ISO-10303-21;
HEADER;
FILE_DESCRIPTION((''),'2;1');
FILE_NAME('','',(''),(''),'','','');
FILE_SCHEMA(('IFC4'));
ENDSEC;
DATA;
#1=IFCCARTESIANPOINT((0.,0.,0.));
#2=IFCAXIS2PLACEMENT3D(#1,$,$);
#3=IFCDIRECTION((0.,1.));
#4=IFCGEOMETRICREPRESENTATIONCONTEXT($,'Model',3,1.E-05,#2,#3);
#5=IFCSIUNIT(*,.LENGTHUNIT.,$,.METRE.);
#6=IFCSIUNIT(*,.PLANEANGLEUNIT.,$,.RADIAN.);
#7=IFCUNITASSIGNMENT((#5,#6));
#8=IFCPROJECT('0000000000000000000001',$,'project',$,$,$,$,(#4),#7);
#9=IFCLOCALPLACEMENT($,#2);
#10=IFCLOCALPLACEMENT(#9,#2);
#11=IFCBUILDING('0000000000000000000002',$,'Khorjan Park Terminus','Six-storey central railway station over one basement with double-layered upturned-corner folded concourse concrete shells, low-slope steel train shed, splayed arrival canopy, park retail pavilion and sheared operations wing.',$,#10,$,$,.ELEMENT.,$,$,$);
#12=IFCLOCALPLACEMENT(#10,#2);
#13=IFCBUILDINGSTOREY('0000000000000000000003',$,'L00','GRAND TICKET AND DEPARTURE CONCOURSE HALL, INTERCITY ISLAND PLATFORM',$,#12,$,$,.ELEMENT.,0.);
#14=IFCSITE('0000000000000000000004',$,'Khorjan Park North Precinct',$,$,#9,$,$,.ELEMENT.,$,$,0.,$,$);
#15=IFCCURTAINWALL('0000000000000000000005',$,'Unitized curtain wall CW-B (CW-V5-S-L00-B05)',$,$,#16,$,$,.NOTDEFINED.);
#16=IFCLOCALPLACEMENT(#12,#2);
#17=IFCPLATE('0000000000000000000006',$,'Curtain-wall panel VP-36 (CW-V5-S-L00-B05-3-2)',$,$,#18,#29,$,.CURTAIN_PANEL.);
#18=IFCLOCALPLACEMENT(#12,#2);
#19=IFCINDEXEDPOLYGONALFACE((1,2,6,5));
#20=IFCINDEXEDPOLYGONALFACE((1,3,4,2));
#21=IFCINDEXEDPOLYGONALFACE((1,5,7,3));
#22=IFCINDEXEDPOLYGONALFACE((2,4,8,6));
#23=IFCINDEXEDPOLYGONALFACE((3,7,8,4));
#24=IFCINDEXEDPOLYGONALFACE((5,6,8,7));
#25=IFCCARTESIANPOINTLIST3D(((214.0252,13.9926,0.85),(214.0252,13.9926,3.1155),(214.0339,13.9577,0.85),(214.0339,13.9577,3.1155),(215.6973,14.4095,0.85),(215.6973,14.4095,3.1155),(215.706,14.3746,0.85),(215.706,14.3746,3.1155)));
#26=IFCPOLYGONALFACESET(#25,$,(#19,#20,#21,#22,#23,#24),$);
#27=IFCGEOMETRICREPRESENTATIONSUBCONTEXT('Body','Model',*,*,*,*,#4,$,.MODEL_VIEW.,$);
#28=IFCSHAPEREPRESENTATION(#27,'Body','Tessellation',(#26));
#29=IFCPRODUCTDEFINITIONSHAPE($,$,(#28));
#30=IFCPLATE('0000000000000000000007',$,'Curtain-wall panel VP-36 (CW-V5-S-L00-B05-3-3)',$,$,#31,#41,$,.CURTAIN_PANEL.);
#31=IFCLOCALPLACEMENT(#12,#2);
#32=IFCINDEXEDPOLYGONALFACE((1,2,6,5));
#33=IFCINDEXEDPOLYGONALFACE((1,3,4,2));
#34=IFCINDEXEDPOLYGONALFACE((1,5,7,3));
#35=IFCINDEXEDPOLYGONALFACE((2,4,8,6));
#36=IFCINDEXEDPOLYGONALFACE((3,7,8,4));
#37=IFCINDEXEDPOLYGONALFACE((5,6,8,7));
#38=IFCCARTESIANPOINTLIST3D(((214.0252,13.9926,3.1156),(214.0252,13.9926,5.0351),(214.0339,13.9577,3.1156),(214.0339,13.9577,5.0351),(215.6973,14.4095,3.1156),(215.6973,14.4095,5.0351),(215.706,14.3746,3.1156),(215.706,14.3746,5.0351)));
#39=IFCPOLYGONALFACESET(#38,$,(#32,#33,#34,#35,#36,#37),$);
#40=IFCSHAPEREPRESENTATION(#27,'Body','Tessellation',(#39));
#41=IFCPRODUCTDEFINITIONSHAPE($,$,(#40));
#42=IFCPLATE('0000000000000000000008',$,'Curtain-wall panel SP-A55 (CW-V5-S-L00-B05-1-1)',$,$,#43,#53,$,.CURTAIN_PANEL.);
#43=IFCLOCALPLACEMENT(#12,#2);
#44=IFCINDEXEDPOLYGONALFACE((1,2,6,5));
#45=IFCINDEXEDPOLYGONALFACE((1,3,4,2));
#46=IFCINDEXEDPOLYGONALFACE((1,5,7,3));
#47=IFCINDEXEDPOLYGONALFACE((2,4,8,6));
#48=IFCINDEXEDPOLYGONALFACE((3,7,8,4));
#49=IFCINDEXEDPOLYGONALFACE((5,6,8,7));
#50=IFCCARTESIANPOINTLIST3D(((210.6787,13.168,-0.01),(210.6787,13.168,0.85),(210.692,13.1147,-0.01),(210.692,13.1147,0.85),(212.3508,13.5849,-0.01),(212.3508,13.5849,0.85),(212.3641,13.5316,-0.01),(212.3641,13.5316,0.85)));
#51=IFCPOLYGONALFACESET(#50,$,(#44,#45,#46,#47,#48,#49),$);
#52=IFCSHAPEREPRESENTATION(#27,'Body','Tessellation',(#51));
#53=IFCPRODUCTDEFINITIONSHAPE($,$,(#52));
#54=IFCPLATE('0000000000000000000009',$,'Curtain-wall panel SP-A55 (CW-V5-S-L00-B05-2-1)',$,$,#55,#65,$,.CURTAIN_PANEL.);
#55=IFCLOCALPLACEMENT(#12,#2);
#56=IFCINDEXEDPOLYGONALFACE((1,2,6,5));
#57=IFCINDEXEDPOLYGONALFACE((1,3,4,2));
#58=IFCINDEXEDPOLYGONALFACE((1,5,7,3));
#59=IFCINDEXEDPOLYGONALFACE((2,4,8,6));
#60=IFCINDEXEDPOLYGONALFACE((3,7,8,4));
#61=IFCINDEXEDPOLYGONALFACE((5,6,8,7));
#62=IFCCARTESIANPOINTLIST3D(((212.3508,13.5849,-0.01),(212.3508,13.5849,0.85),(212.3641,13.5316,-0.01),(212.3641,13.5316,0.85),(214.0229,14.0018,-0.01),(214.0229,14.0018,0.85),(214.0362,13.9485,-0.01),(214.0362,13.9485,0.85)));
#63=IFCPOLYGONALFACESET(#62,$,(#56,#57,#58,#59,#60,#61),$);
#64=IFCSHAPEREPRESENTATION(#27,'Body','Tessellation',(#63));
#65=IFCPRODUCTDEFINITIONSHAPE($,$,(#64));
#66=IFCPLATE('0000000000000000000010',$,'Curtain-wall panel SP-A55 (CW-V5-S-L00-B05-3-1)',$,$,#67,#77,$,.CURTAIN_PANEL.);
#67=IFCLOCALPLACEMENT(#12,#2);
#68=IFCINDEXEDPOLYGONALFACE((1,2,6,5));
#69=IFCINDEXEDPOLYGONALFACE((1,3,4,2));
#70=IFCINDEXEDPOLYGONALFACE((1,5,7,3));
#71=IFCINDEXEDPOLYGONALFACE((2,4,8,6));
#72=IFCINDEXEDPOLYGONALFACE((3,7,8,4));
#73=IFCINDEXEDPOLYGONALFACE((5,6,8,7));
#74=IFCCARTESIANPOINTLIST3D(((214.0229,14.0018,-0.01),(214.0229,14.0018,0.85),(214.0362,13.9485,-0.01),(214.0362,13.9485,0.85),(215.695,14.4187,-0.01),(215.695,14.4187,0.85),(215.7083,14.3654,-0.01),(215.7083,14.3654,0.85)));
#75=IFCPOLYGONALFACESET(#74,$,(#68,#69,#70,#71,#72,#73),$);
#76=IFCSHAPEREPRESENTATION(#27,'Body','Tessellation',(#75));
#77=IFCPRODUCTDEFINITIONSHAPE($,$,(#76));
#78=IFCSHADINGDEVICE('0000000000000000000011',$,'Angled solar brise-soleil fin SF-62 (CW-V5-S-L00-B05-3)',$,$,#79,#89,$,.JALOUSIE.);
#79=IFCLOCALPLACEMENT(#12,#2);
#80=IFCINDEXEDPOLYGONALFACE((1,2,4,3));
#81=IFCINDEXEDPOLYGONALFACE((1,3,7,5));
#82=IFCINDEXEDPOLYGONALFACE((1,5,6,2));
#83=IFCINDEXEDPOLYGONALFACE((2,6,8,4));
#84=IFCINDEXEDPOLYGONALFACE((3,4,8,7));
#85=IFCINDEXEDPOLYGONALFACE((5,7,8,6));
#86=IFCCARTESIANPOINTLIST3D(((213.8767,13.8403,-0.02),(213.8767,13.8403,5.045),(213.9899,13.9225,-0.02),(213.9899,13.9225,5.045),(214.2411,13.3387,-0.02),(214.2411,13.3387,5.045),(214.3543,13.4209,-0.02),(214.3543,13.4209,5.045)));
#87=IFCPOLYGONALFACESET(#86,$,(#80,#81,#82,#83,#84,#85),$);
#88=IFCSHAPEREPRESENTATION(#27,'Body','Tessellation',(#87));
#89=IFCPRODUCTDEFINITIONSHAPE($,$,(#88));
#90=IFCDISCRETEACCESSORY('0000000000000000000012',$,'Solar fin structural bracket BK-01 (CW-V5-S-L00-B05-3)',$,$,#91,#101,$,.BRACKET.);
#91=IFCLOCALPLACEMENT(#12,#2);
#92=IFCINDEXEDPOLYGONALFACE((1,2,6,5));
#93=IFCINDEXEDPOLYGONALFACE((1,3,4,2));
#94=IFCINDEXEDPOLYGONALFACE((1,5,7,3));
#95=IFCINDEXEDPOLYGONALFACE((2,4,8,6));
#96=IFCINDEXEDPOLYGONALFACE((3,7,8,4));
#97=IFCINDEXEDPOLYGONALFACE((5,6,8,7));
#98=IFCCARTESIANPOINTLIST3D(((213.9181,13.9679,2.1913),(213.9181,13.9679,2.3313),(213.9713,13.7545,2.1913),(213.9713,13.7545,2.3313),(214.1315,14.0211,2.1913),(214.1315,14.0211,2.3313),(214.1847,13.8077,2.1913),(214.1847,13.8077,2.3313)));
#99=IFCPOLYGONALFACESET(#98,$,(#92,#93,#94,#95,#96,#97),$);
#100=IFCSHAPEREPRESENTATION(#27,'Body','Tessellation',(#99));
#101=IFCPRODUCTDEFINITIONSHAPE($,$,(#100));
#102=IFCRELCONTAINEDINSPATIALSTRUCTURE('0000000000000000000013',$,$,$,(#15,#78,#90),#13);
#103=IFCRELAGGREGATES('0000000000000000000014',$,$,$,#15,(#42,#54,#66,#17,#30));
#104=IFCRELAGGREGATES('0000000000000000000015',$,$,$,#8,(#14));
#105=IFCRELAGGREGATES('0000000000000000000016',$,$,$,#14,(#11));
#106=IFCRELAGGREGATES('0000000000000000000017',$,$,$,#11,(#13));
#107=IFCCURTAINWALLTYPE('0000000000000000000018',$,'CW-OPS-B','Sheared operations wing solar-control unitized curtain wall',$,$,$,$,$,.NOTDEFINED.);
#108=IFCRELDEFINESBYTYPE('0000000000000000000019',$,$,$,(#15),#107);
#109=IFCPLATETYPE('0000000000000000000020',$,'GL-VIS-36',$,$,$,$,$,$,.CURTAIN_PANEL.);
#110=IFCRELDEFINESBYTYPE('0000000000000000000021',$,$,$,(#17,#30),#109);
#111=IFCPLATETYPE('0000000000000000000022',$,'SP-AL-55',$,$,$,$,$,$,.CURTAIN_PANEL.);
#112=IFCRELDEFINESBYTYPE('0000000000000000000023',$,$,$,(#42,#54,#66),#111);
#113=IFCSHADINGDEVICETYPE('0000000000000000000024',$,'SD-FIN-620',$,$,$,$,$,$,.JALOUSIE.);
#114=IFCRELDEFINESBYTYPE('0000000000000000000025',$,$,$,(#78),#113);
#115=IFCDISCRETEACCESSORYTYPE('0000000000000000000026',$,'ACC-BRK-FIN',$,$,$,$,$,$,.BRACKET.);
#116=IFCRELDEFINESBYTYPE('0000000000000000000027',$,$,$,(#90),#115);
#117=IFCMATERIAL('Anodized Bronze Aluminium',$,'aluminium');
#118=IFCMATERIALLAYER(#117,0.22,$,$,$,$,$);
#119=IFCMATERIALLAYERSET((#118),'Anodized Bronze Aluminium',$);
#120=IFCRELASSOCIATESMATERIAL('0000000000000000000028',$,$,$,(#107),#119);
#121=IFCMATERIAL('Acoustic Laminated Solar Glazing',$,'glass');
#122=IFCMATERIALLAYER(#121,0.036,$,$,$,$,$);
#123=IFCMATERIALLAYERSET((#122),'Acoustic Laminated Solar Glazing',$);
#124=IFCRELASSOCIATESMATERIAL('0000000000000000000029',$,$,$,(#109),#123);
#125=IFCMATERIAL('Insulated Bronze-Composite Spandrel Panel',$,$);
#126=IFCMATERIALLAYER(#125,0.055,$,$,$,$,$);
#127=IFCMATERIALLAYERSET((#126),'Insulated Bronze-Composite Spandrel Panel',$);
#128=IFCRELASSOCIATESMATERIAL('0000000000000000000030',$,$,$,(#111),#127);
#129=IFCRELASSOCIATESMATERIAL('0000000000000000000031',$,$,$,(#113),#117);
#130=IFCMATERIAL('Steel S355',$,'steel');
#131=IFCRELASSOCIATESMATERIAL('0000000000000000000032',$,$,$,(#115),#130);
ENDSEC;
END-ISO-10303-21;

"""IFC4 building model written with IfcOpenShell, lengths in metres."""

from ifc_helpers import new_model, si_unit, direction, frame, origin, origin_2d, place, context, subcontext, project, spatial, rectangle, extrude, material, layer, layer_set, type_object, element, aggregate, save


model = new_model("IFC4")

# Units and contexts
model_context = context("Model", 3, precision=1e-05, world=origin(), true_north=direction((0.0, 1.0)))
body_context = subcontext(model_context, "Body", "Model", "MODEL_VIEW")
ifc_project = project(units=[si_unit("LENGTHUNIT", "METRE"), si_unit("PLANEANGLEUNIT", "RADIAN")], contexts=[model_context])

# Site, building, storey
site_placement = place(None, origin())
site = spatial("IfcSite", under=ifc_project, at=site_placement, Name="Khorjan Park North Precinct", CompositionType="ELEMENT", RefElevation=0.0)
building_placement = place(site_placement, origin())
building = spatial("IfcBuilding", under=site, at=building_placement, Name="Khorjan Park Terminus", Description="Six-storey central railway station over one basement with double-layered upturned-corner folded concourse concrete shells, low-slope steel train shed, splayed arrival canopy, park retail pavilion and sheared operations wing.", CompositionType="ELEMENT")
storey_placement = place(building_placement, origin())
storey = spatial("IfcBuildingStorey", under=building, at=storey_placement, Name="L00", Description="GRAND TICKET AND DEPARTURE CONCOURSE HALL, INTERCITY ISLAND PLATFORM", CompositionType="ELEMENT", Elevation=0.0)

# Curtain wall, plates
ifc_material_1 = material(Name="Anodized Bronze Aluminium", Category="aluminium")
ifc_layer_1 = layer(ifc_material_1, 0.22)
ifc_layer_set_1 = layer_set([ifc_layer_1], Name="Anodized Bronze Aluminium")
curtain_wall_type = type_object("IfcCurtainWallType", Name="CW-OPS-B", Description="Sheared operations wing solar-control unitized curtain wall", PredefinedType="NOTDEFINED", material=ifc_layer_set_1)
curtain_wall_placement = place(storey_placement, origin())
curtain_wall = element("IfcCurtainWall", 1, at=curtain_wall_placement, inside=storey, type_object=curtain_wall_type, Name="Unitized curtain wall CW-B (CW-V5-S-L00-B05)", PredefinedType="NOTDEFINED")
ifc_material_2 = material(Name="Acoustic Laminated Solar Glazing", Category="glass")
ifc_layer_2 = layer(ifc_material_2, 0.036)
ifc_layer_set_2 = layer_set([ifc_layer_2], Name="Acoustic Laminated Solar Glazing")
plate_type_1 = type_object("IfcPlateType", Name="GL-VIS-36", PredefinedType="CURTAIN_PANEL", material=ifc_layer_set_2)
plate_1_placement = place(storey_placement, frame((214.8656, 14.1836, 0.85), z_axis=(0.0, 0.0, 1.0), x_axis=(0.970298, 0.241912, 0.0)))
plate_1 = element("IfcPlate", 2, at=plate_1_placement, type_object=plate_type_1, Name="Curtain-wall panel VP-36 (CW-V5-S-L00-B05-3-2)", PredefinedType="CURTAIN_PANEL", context=body_context, shape_type="SweptSolid", body=[
    extrude(rectangle(XDim=1.7233, YDim=0.036, at=origin_2d()), origin(), (0.0, 0.0, 1.0), 2.2655),
])
plate_2_placement = place(storey_placement, frame((214.8656, 14.1836, 3.1156), z_axis=(0.0, 0.0, 1.0), x_axis=(0.970298, 0.241912, 0.0)))
plate_2 = element("IfcPlate", 3, at=plate_2_placement, type_object=plate_type_1, Name="Curtain-wall panel VP-36 (CW-V5-S-L00-B05-3-3)", PredefinedType="CURTAIN_PANEL", context=body_context, shape_type="SweptSolid", body=[
    extrude(rectangle(XDim=1.7233, YDim=0.036, at=origin_2d()), origin(), (0.0, 0.0, 1.0), 1.9195),
])
ifc_material_3 = material(Name="Insulated Bronze-Composite Spandrel Panel")
ifc_layer_3 = layer(ifc_material_3, 0.055)
ifc_layer_set_3 = layer_set([ifc_layer_3], Name="Insulated Bronze-Composite Spandrel Panel")
plate_type_2 = type_object("IfcPlateType", Name="SP-AL-55", PredefinedType="CURTAIN_PANEL", material=ifc_layer_set_3)
plate_3_placement = place(storey_placement, frame((211.5214, 13.3498, -0.01), z_axis=(0.0, 0.0, 1.0), x_axis=(0.970298, 0.241912, 0.0)))
plate_3 = element("IfcPlate", 4, at=plate_3_placement, type_object=plate_type_2, Name="Curtain-wall panel SP-A55 (CW-V5-S-L00-B05-1-1)", PredefinedType="CURTAIN_PANEL", context=body_context, shape_type="SweptSolid", body=[
    extrude(rectangle(XDim=1.7233, YDim=0.055, at=origin_2d()), origin(), (0.0, 0.0, 1.0), 0.86),
])
plate_4_placement = place(storey_placement, frame((213.1935, 13.7667, -0.01), z_axis=(0.0, 0.0, 1.0), x_axis=(0.970298, 0.241912, 0.0)))
plate_4 = element("IfcPlate", 5, at=plate_4_placement, type_object=plate_type_2, Name="Curtain-wall panel SP-A55 (CW-V5-S-L00-B05-2-1)", PredefinedType="CURTAIN_PANEL", context=body_context, shape_type="SweptSolid", body=[
    extrude(rectangle(XDim=1.7233, YDim=0.055, at=origin_2d()), origin(), (0.0, 0.0, 1.0), 0.86),
])
plate_5_placement = place(storey_placement, frame((214.8656, 14.1836, -0.01), z_axis=(0.0, 0.0, 1.0), x_axis=(0.970298, 0.241912, 0.0)))
plate_5 = element("IfcPlate", 6, at=plate_5_placement, type_object=plate_type_2, Name="Curtain-wall panel SP-A55 (CW-V5-S-L00-B05-3-1)", PredefinedType="CURTAIN_PANEL", context=body_context, shape_type="SweptSolid", body=[
    extrude(rectangle(XDim=1.7233, YDim=0.055, at=origin_2d()), origin(), (0.0, 0.0, 1.0), 0.86),
])
aggregate(curtain_wall, [plate_3, plate_4, plate_5, plate_1, plate_2])

# Shading device
shading_device_type = type_object("IfcShadingDeviceType", Name="SD-FIN-620", PredefinedType="JALOUSIE", material=ifc_material_1)
shading_device_placement = place(storey_placement, frame((214.1155, 13.6306, -0.02), z_axis=(0.0, 0.0, 1.0), x_axis=(-0.587785, 0.809017, 0.0)))
element("IfcShadingDevice", 7, at=shading_device_placement, inside=storey, type_object=shading_device_type, Name="Angled solar brise-soleil fin SF-62 (CW-V5-S-L00-B05-3)", PredefinedType="JALOUSIE", context=body_context, shape_type="SweptSolid", body=[
    extrude(rectangle(XDim=0.62, YDim=0.14, at=origin_2d()), origin(), (0.0, 0.0, 1.0), 5.065),
])

# Discrete accessory
ifc_material_4 = material(Name="Steel S355", Category="steel")
discrete_accessory_type = type_object("IfcDiscreteAccessoryType", Name="ACC-BRK-FIN", PredefinedType="BRACKET", material=ifc_material_4)
discrete_accessory_placement = place(storey_placement, frame((214.0514, 13.8878, 2.1913), z_axis=(0.0, 0.0, 1.0), x_axis=(0.970298, 0.241912, 0.0)))
element("IfcDiscreteAccessory", 8, at=discrete_accessory_placement, inside=storey, type_object=discrete_accessory_type, Name="Solar fin structural bracket BK-01 (CW-V5-S-L00-B05-3)", PredefinedType="BRACKET", context=body_context, shape_type="SweptSolid", body=[
    extrude(rectangle(XDim=0.22, YDim=0.22, at=origin_2d()), origin(), (0.0, 0.0, 1.0), 0.14),
])

save(model, "model.ifc")
